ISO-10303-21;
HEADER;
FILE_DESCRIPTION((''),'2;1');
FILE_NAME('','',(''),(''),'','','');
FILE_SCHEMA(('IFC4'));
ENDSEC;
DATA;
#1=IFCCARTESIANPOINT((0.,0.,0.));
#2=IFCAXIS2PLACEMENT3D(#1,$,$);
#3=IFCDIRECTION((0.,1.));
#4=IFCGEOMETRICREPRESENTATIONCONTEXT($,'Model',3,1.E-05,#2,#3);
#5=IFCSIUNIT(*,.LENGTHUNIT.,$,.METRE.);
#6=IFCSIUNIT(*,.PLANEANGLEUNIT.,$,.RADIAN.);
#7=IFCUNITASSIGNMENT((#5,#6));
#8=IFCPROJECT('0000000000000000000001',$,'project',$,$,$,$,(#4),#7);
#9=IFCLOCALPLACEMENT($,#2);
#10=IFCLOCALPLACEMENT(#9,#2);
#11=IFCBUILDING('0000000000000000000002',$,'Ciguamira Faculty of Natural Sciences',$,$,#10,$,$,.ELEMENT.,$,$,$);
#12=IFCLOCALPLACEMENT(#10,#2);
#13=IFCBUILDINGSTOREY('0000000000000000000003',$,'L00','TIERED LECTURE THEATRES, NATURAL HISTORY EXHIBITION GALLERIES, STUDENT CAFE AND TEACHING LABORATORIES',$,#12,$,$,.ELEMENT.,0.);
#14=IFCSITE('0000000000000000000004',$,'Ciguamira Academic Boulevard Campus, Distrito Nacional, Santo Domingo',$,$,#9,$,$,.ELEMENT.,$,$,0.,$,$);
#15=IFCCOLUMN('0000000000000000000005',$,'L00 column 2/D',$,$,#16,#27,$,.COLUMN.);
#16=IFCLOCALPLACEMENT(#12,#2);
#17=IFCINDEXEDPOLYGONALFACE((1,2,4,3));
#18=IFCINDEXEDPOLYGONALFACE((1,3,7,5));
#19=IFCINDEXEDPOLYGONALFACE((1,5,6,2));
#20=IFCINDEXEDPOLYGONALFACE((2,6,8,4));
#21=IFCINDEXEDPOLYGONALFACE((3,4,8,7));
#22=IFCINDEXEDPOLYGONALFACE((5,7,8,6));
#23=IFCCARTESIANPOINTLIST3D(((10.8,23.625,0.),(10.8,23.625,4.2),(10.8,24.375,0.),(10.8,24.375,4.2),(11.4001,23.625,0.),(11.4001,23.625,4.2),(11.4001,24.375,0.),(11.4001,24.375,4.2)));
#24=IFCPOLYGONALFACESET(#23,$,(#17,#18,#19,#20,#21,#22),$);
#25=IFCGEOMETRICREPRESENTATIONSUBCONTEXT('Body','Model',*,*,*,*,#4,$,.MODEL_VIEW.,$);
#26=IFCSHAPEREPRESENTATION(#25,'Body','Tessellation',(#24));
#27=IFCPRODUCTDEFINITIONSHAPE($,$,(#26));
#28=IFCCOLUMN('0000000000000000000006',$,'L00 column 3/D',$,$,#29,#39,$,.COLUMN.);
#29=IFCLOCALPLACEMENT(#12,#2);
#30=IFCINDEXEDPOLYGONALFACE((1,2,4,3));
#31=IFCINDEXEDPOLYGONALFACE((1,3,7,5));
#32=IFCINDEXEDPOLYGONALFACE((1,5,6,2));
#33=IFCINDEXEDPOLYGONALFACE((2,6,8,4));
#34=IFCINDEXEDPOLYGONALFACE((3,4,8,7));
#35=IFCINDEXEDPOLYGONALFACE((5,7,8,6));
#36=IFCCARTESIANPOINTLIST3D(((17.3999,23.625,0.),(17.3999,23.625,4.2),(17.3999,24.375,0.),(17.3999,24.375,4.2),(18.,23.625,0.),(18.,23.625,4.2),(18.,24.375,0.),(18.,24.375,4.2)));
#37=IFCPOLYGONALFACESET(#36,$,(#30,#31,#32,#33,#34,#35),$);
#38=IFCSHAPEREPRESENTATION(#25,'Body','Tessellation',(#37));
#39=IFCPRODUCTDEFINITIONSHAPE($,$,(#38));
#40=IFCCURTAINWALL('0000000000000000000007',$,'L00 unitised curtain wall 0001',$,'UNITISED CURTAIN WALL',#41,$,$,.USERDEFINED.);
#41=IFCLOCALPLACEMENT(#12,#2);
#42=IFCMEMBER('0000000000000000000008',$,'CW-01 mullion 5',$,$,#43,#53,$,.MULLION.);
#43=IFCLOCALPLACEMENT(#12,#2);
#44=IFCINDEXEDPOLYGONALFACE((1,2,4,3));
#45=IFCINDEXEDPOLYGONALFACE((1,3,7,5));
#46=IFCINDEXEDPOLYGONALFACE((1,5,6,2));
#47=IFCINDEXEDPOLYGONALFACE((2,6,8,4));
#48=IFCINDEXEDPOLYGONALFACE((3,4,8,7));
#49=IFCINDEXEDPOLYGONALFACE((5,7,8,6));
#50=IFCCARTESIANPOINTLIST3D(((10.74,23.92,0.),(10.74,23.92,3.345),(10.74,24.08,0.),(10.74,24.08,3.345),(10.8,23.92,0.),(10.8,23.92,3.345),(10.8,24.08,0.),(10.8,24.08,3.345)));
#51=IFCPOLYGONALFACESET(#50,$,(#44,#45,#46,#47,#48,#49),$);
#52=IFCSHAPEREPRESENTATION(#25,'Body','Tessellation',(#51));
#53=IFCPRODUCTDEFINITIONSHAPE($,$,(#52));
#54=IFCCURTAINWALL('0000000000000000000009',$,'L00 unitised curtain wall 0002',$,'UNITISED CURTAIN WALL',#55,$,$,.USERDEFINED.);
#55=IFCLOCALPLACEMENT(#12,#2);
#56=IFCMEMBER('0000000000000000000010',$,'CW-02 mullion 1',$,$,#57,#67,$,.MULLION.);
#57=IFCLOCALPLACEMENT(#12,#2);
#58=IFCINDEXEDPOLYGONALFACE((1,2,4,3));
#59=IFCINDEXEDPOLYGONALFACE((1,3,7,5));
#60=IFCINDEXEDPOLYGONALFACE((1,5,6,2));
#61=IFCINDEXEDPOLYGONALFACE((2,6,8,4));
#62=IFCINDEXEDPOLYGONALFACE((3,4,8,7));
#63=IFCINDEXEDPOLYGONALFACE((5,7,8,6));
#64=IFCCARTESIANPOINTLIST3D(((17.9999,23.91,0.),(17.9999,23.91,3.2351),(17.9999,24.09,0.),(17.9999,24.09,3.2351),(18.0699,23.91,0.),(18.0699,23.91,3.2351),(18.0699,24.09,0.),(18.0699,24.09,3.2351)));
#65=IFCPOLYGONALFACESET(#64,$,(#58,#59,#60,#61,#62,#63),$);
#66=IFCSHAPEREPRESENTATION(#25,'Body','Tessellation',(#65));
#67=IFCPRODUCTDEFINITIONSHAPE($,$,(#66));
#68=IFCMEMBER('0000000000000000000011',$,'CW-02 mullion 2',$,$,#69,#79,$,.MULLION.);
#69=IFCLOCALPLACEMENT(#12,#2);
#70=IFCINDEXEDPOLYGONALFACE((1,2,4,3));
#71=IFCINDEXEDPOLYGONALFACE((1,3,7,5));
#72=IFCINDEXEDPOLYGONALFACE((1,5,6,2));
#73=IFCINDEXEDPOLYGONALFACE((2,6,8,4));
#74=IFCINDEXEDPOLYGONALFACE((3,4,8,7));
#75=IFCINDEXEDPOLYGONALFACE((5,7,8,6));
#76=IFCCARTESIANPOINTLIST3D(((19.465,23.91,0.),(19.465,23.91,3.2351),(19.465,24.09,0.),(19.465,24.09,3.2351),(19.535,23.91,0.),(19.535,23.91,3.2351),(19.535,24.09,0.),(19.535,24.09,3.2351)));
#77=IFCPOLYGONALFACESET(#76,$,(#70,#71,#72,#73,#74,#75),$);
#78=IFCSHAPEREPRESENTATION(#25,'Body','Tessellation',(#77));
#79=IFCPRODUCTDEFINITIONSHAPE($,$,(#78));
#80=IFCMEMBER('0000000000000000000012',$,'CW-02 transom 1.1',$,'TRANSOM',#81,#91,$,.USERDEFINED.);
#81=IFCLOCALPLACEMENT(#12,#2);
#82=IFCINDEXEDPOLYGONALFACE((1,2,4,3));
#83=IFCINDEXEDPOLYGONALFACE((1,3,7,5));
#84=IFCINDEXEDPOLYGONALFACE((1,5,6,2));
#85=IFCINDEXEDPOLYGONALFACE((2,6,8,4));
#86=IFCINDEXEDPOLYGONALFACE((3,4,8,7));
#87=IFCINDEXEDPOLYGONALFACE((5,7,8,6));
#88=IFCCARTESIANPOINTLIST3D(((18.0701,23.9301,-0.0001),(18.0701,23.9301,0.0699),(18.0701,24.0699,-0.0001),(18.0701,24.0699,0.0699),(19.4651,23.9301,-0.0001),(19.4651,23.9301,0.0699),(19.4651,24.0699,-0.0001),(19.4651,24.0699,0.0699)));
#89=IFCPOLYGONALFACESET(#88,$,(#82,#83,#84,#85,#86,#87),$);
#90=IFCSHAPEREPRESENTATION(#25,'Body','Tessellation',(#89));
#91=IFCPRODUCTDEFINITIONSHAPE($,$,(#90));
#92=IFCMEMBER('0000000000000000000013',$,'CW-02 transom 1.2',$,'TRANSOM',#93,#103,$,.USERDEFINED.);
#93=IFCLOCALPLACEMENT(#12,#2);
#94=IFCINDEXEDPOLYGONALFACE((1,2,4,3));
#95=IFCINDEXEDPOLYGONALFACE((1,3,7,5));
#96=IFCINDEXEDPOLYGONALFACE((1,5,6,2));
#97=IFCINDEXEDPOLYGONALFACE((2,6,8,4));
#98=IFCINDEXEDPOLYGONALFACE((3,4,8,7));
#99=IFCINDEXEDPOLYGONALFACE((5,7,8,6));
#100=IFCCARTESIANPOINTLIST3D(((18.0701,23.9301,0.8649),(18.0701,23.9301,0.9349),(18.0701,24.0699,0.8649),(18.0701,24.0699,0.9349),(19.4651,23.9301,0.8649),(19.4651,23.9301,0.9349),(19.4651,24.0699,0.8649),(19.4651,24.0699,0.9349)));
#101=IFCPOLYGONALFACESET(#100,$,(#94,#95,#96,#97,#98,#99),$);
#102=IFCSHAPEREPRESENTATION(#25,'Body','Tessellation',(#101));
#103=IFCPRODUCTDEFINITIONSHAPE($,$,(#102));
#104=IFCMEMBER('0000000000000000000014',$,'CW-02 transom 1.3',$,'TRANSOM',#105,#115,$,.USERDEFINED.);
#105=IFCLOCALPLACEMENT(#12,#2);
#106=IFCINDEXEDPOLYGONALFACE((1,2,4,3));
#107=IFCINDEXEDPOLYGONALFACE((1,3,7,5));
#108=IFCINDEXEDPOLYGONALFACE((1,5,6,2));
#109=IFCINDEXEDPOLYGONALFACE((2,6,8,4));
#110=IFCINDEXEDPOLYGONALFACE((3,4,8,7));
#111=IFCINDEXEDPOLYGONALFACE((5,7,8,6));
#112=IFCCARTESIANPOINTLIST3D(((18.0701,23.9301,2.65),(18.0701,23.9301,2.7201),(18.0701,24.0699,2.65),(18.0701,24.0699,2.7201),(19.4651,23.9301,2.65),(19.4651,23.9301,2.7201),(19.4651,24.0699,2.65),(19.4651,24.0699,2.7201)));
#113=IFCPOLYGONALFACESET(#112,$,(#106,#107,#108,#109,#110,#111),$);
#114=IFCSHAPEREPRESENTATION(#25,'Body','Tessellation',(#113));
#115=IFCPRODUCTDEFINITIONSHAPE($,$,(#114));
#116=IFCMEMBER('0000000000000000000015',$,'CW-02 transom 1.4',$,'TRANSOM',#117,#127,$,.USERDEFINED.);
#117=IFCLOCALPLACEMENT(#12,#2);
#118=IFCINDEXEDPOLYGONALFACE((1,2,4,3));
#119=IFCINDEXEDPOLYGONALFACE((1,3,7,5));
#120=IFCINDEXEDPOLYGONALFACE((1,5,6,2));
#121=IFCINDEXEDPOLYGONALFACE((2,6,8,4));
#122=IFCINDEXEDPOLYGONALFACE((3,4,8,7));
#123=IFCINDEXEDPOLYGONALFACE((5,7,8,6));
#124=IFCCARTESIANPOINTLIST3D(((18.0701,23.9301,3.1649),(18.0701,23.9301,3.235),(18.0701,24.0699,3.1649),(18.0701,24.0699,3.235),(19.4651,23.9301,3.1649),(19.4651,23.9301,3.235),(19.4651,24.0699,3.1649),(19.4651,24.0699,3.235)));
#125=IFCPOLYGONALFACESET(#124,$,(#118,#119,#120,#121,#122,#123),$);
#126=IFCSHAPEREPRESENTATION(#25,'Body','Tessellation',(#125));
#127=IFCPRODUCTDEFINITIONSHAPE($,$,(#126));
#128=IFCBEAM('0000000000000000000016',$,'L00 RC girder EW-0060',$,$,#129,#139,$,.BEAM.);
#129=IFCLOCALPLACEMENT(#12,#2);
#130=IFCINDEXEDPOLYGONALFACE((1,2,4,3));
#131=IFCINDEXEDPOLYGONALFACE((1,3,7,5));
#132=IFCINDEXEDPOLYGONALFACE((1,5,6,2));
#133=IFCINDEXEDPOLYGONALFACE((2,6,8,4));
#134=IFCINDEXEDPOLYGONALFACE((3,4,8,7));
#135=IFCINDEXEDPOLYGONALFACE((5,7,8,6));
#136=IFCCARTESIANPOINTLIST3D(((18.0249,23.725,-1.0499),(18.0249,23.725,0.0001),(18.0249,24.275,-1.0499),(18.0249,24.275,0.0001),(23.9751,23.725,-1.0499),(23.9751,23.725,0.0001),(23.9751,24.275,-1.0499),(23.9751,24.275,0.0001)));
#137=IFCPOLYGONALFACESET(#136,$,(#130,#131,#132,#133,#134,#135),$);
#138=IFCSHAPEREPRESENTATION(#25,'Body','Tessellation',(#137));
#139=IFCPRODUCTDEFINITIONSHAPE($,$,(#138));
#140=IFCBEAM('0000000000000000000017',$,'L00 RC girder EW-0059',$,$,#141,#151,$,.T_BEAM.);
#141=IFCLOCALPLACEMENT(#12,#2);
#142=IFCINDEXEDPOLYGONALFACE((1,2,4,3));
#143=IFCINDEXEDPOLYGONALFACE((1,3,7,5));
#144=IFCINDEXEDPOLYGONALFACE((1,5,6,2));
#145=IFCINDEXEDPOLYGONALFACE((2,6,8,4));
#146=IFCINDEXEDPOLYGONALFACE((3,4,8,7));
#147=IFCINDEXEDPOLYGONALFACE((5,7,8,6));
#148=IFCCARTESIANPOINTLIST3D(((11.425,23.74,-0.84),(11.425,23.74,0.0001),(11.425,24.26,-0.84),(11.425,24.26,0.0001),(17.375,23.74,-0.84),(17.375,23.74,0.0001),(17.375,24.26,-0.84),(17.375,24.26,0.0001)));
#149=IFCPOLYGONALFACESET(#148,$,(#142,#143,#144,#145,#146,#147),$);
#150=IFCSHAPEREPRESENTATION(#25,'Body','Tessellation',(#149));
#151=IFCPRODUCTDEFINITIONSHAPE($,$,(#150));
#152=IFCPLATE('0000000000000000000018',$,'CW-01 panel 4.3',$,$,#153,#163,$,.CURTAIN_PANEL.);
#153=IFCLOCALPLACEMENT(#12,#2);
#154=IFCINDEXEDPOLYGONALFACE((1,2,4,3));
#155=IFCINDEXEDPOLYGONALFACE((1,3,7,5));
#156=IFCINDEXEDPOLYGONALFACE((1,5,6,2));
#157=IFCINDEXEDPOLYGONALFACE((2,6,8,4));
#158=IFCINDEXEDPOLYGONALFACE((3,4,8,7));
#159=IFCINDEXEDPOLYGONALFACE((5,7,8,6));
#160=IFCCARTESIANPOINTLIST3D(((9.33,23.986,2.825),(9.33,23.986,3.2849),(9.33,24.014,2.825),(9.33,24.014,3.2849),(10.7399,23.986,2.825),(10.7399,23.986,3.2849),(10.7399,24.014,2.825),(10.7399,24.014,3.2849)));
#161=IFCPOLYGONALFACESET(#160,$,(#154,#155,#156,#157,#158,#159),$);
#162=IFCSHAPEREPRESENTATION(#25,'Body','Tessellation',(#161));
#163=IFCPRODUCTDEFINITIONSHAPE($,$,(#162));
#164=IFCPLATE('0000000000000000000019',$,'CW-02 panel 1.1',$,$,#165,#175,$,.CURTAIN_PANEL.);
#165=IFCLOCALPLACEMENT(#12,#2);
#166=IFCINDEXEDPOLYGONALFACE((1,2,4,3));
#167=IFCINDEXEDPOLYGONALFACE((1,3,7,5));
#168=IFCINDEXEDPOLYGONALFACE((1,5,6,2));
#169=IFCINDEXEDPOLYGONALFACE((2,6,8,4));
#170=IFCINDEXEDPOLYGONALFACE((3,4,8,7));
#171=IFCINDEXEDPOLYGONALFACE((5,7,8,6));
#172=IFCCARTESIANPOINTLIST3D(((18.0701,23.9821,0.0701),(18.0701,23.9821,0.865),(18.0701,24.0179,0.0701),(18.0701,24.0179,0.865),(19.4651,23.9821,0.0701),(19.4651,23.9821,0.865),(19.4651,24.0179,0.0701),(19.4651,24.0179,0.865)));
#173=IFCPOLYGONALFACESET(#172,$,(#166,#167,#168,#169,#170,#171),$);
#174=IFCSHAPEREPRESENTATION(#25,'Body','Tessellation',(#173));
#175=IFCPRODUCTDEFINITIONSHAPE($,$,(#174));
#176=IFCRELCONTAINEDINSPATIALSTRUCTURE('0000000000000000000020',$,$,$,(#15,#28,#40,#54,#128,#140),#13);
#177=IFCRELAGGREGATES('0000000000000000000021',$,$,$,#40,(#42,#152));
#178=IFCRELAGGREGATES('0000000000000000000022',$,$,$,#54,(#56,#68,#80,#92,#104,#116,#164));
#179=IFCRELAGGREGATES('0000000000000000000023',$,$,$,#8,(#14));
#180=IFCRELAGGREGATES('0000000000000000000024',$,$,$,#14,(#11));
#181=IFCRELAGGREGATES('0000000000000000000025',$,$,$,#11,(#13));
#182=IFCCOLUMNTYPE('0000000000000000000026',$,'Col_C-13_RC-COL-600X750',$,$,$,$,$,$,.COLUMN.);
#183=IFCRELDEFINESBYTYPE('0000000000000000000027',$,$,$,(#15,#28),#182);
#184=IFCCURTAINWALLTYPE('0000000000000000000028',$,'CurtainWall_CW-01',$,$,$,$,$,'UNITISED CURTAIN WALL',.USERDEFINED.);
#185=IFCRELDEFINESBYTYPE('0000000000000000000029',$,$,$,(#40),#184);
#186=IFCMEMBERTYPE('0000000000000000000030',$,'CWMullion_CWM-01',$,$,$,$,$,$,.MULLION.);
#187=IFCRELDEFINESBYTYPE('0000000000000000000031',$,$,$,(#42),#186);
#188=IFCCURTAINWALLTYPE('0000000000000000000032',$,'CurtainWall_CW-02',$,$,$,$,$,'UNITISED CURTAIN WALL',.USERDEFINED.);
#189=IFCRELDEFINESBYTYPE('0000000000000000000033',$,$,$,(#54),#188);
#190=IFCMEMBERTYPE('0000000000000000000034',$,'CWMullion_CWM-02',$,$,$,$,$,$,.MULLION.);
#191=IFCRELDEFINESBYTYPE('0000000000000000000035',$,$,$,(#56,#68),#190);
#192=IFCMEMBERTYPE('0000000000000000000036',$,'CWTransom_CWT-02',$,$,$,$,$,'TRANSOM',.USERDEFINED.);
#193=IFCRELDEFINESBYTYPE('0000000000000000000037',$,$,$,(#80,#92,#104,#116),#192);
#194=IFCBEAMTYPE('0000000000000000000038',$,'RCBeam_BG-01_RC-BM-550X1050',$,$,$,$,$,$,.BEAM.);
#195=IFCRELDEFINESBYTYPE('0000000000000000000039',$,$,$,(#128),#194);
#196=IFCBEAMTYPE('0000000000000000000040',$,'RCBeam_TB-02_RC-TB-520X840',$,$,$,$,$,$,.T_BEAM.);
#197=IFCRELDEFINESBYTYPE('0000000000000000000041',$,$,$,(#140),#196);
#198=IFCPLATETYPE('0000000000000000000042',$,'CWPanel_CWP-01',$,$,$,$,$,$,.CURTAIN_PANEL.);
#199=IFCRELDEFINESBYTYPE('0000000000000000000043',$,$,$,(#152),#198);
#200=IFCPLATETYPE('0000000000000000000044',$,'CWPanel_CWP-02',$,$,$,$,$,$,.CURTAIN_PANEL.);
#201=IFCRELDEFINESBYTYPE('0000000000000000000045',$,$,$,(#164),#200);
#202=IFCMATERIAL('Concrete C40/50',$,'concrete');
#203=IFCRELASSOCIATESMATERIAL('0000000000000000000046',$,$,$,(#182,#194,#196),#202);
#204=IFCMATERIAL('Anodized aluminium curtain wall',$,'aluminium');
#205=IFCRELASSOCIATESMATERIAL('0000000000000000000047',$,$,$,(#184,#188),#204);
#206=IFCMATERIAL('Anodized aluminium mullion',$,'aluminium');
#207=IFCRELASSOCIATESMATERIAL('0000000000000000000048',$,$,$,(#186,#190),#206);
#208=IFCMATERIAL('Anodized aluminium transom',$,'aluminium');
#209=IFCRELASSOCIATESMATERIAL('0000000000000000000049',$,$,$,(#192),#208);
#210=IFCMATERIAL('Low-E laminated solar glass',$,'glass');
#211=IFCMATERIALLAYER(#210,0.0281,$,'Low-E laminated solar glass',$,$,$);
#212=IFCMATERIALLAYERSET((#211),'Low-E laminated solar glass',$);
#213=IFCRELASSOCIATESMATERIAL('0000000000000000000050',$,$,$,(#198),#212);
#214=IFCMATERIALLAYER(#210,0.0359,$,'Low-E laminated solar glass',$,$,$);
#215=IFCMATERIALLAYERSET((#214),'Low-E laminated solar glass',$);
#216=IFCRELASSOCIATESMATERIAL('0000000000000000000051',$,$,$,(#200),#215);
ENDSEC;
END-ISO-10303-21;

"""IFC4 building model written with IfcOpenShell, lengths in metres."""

from ifc_helpers import new_model, si_unit, direction, frame, origin, origin_2d, place, context, subcontext, project, spatial, rectangle, extrude, material, layer, layer_set, material_profile, profile_set, type_object, element, aggregate, save


model = new_model("IFC4")

# Units and contexts
model_context = context("Model", 3, precision=1e-05, world=origin(), true_north=direction((0.0, 1.0)))
body_context = subcontext(model_context, "Body", "Model", "MODEL_VIEW")
ifc_project = project(units=[si_unit("LENGTHUNIT", "METRE"), si_unit("PLANEANGLEUNIT", "RADIAN")], contexts=[model_context])

# Site, building, storey
site_placement = place(None, origin())
site = spatial("IfcSite", under=ifc_project, at=site_placement, Name="Ciguamira Academic Boulevard Campus, Distrito Nacional, Santo Domingo", CompositionType="ELEMENT", RefElevation=0.0)
building_placement = place(site_placement, origin())
building = spatial("IfcBuilding", under=site, at=building_placement, Name="Ciguamira Faculty of Natural Sciences", CompositionType="ELEMENT")
storey_placement = place(building_placement, origin())
storey = spatial("IfcBuildingStorey", under=building, at=storey_placement, Name="L00", Description="TIERED LECTURE THEATRES, NATURAL HISTORY EXHIBITION GALLERIES, STUDENT CAFE AND TEACHING LABORATORIES", CompositionType="ELEMENT", Elevation=0.0)

# Columns
ifc_material_1 = material(Name="Concrete C40/50", Category="concrete")
ifc_material_profile_1 = material_profile(ifc_material_1, rectangle(XDim=0.6001, YDim=0.75, at=origin_2d()), Name="RC-COL-600X750")
ifc_profile_set_1 = profile_set([ifc_material_profile_1], Name="Concrete C40/50")
column_type = type_object("IfcColumnType", Name="Col_C-13_RC-COL-600X750", PredefinedType="COLUMN", material=ifc_profile_set_1)
for number, where, z_axis, x_axis, name in (
    (1, (11.1001, 24.0, 0.0), (0.0, 0.0, 1.0), (1.0, 0.0, 0.0), "L00 column 2/D"),
    (2, (17.7, 24.0, 0.0), (0.0, 0.0, 1.0), (1.0, 0.0, 0.0), "L00 column 3/D"),
):
    element("IfcColumn", number, at=place(storey_placement, frame(where, z_axis=z_axis, x_axis=x_axis)), inside=storey, type_object=column_type, Name=name, PredefinedType="COLUMN", context=body_context, shape_type="SweptSolid", body=[
        extrude(rectangle(XDim=0.6001, YDim=0.75, at=origin_2d()), origin(), (0.0, 0.0, 1.0), 4.2),
    ])

# Curtain wall, member
ifc_material_2 = material(Name="Anodized aluminium curtain wall", Category="aluminium")
curtain_wall_type_1 = type_object("IfcCurtainWallType", Name="CurtainWall_CW-01", ElementType="UNITISED CURTAIN WALL", PredefinedType="USERDEFINED", material=ifc_material_2)
curtain_wall_1_placement = place(storey_placement, origin())
curtain_wall_1 = element("IfcCurtainWall", 3, at=curtain_wall_1_placement, inside=storey, type_object=curtain_wall_type_1, Name="L00 unitised curtain wall 0001", ObjectType="UNITISED CURTAIN WALL", PredefinedType="USERDEFINED")
ifc_material_3 = material(Name="Anodized aluminium mullion", Category="aluminium")
ifc_material_profile_2 = material_profile(ifc_material_3, rectangle(XDim=0.0601, YDim=0.1599, at=origin_2d()), Name="ALU-MUL-60X160")
ifc_profile_set_2 = profile_set([ifc_material_profile_2], Name="Anodized aluminium mullion")
member_type_1 = type_object("IfcMemberType", Name="CWMullion_CWM-01", PredefinedType="MULLION", material=ifc_profile_set_2)
member_1_placement = place(storey_placement, frame((10.77, 24.0, 0.0), z_axis=(0.0, 0.0, 1.0), x_axis=(1.0, 0.0, 0.0)))
member_1 = element("IfcMember", 4, at=member_1_placement, type_object=member_type_1, Name="CW-01 mullion 5", PredefinedType="MULLION", context=body_context, shape_type="SweptSolid", body=[
    extrude(rectangle(XDim=0.0601, YDim=0.1599, at=origin_2d()), origin(), (0.0, 0.0, 1.0), 3.345),
])

# Curtain wall, members
curtain_wall_type_2 = type_object("IfcCurtainWallType", Name="CurtainWall_CW-02", ElementType="UNITISED CURTAIN WALL", PredefinedType="USERDEFINED", material=ifc_material_2)
curtain_wall_2_placement = place(storey_placement, origin())
curtain_wall_2 = element("IfcCurtainWall", 5, at=curtain_wall_2_placement, inside=storey, type_object=curtain_wall_type_2, Name="L00 unitised curtain wall 0002", ObjectType="UNITISED CURTAIN WALL", PredefinedType="USERDEFINED")
ifc_material_profile_3 = material_profile(ifc_material_3, rectangle(XDim=0.0701, YDim=0.1799, at=origin_2d()), Name="ALU-MUL-70X180")
ifc_profile_set_3 = profile_set([ifc_material_profile_3], Name="Anodized aluminium mullion")
member_type_2 = type_object("IfcMemberType", Name="CWMullion_CWM-02", PredefinedType="MULLION", material=ifc_profile_set_3)
member_2_placement = place(storey_placement, frame((18.0349, 24.0, 0.0), z_axis=(0.0, 0.0, 1.0), x_axis=(1.0, 0.0, 0.0)))
member_2 = element("IfcMember", 6, at=member_2_placement, type_object=member_type_2, Name="CW-02 mullion 1", PredefinedType="MULLION", context=body_context, shape_type="SweptSolid", body=[
    extrude(rectangle(XDim=0.0701, YDim=0.1799, at=origin_2d()), origin(), (0.0, 0.0, 1.0), 3.2351),
])
member_3_placement = place(storey_placement, frame((19.5, 24.0, 0.0), z_axis=(0.0, 0.0, 1.0), x_axis=(1.0, 0.0, 0.0)))
member_3 = element("IfcMember", 7, at=member_3_placement, type_object=member_type_2, Name="CW-02 mullion 2", PredefinedType="MULLION", context=body_context, shape_type="SweptSolid", body=[
    extrude(rectangle(XDim=0.0701, YDim=0.1799, at=origin_2d()), origin(), (0.0, 0.0, 1.0), 3.2351),
])
ifc_material_4 = material(Name="Anodized aluminium transom", Category="aluminium")
ifc_material_profile_4 = material_profile(ifc_material_4, rectangle(XDim=0.0701, YDim=0.1399, at=origin_2d()), Name="ALU-TRN-70X140")
ifc_profile_set_4 = profile_set([ifc_material_profile_4], Name="Anodized aluminium transom")
member_type_3 = type_object("IfcMemberType", Name="CWTransom_CWT-02", ElementType="TRANSOM", PredefinedType="USERDEFINED", material=ifc_profile_set_4)
member_4_placement = place(storey_placement, frame((18.0701, 24.0, 0.0349), z_axis=(1.0, 0.0, 0.0), x_axis=(0.0, 0.0, 1.0)))
member_4 = element("IfcMember", 8, at=member_4_placement, type_object=member_type_3, Name="CW-02 transom 1.1", ObjectType="TRANSOM", PredefinedType="USERDEFINED", context=body_context, shape_type="SweptSolid", body=[
    extrude(rectangle(XDim=0.0701, YDim=0.1399, at=origin_2d()), origin(), (0.0, 0.0, 1.0), 1.395),
])
member_5_placement = place(storey_placement, frame((18.0701, 24.0, 0.8999), z_axis=(1.0, 0.0, 0.0), x_axis=(0.0, 0.0, 1.0)))
member_5 = element("IfcMember", 9, at=member_5_placement, type_object=member_type_3, Name="CW-02 transom 1.2", ObjectType="TRANSOM", PredefinedType="USERDEFINED", context=body_context, shape_type="SweptSolid", body=[
    extrude(rectangle(XDim=0.0701, YDim=0.1399, at=origin_2d()), origin(), (0.0, 0.0, 1.0), 1.395),
])
member_6_placement = place(storey_placement, frame((18.0701, 24.0, 2.6851), z_axis=(1.0, 0.0, 0.0), x_axis=(0.0, 0.0, 1.0)))
member_6 = element("IfcMember", 10, at=member_6_placement, type_object=member_type_3, Name="CW-02 transom 1.3", ObjectType="TRANSOM", PredefinedType="USERDEFINED", context=body_context, shape_type="SweptSolid", body=[
    extrude(rectangle(XDim=0.0701, YDim=0.1399, at=origin_2d()), origin(), (0.0, 0.0, 1.0), 1.395),
])
member_7_placement = place(storey_placement, frame((18.0701, 24.0, 3.2), z_axis=(1.0, 0.0, 0.0), x_axis=(0.0, 0.0, 1.0)))
member_7 = element("IfcMember", 11, at=member_7_placement, type_object=member_type_3, Name="CW-02 transom 1.4", ObjectType="TRANSOM", PredefinedType="USERDEFINED", context=body_context, shape_type="SweptSolid", body=[
    extrude(rectangle(XDim=0.0701, YDim=0.1399, at=origin_2d()), origin(), (0.0, 0.0, 1.0), 1.395),
])

# Beams
ifc_material_profile_5 = material_profile(ifc_material_1, rectangle(XDim=0.55, YDim=1.05, at=origin_2d()), Name="RC-BM-550X1050")
ifc_profile_set_5 = profile_set([ifc_material_profile_5], Name="Concrete C40/50")
beam_type_1 = type_object("IfcBeamType", Name="RCBeam_BG-01_RC-BM-550X1050", PredefinedType="BEAM", material=ifc_profile_set_5)
beam_1_placement = place(storey_placement, frame((18.0249, 24.0, -0.5249), z_axis=(1.0, 0.0, 0.0), x_axis=(0.0, 1.0, 0.0)))
element("IfcBeam", 12, at=beam_1_placement, inside=storey, type_object=beam_type_1, Name="L00 RC girder EW-0060", PredefinedType="BEAM", context=body_context, shape_type="SweptSolid", body=[
    extrude(rectangle(XDim=0.55, YDim=1.05, at=origin_2d()), origin(), (0.0, 0.0, 1.0), 5.9502),
])
ifc_material_profile_6 = material_profile(ifc_material_1, rectangle(XDim=0.52, YDim=0.8401, at=origin_2d()), Name="RC-TB-520X840")
ifc_profile_set_6 = profile_set([ifc_material_profile_6], Name="Concrete C40/50")
beam_type_2 = type_object("IfcBeamType", Name="RCBeam_TB-02_RC-TB-520X840", PredefinedType="T_BEAM", material=ifc_profile_set_6)
beam_2_placement = place(storey_placement, frame((11.425, 24.0, -0.4199), z_axis=(1.0, 0.0, 0.0), x_axis=(0.0, 1.0, 0.0)))
element("IfcBeam", 13, at=beam_2_placement, inside=storey, type_object=beam_type_2, Name="L00 RC girder EW-0059", PredefinedType="T_BEAM", context=body_context, shape_type="SweptSolid", body=[
    extrude(rectangle(XDim=0.52, YDim=0.8401, at=origin_2d()), origin(), (0.0, 0.0, 1.0), 5.95),
])

# Plates
ifc_material_5 = material(Name="Low-E laminated solar glass", Category="glass")
ifc_layer_1 = layer(ifc_material_5, 0.0281, Name="Low-E laminated solar glass")
ifc_layer_set_1 = layer_set([ifc_layer_1], Name="Low-E laminated solar glass")
plate_type_1 = type_object("IfcPlateType", Name="CWPanel_CWP-01", PredefinedType="CURTAIN_PANEL", material=ifc_layer_set_1)
plate_1_placement = place(storey_placement, frame((10.0349, 24.0, 2.825), z_axis=(0.0, 0.0, 1.0), x_axis=(1.0, 0.0, 0.0)))
plate_1 = element("IfcPlate", 14, at=plate_1_placement, type_object=plate_type_1, Name="CW-01 panel 4.3", PredefinedType="CURTAIN_PANEL", context=body_context, shape_type="SweptSolid", body=[
    extrude(rectangle(XDim=1.4099, YDim=0.0281, at=origin_2d()), origin(), (0.0, 0.0, 1.0), 0.46),
])
aggregate(curtain_wall_1, [member_1, plate_1])
ifc_layer_2 = layer(ifc_material_5, 0.0359, Name="Low-E laminated solar glass")
ifc_layer_set_2 = layer_set([ifc_layer_2], Name="Low-E laminated solar glass")
plate_type_2 = type_object("IfcPlateType", Name="CWPanel_CWP-02", PredefinedType="CURTAIN_PANEL", material=ifc_layer_set_2)
plate_2_placement = place(storey_placement, frame((18.7676, 24.0, 0.0701), z_axis=(0.0, 0.0, 1.0), x_axis=(1.0, 0.0, 0.0)))
plate_2 = element("IfcPlate", 15, at=plate_2_placement, type_object=plate_type_2, Name="CW-02 panel 1.1", PredefinedType="CURTAIN_PANEL", context=body_context, shape_type="SweptSolid", body=[
    extrude(rectangle(XDim=1.395, YDim=0.0359, at=origin_2d()), origin(), (0.0, 0.0, 1.0), 0.7949),
])
aggregate(curtain_wall_2, [member_2, member_3, member_4, member_5, member_6, member_7, plate_2])

save(model, "model.ifc")
